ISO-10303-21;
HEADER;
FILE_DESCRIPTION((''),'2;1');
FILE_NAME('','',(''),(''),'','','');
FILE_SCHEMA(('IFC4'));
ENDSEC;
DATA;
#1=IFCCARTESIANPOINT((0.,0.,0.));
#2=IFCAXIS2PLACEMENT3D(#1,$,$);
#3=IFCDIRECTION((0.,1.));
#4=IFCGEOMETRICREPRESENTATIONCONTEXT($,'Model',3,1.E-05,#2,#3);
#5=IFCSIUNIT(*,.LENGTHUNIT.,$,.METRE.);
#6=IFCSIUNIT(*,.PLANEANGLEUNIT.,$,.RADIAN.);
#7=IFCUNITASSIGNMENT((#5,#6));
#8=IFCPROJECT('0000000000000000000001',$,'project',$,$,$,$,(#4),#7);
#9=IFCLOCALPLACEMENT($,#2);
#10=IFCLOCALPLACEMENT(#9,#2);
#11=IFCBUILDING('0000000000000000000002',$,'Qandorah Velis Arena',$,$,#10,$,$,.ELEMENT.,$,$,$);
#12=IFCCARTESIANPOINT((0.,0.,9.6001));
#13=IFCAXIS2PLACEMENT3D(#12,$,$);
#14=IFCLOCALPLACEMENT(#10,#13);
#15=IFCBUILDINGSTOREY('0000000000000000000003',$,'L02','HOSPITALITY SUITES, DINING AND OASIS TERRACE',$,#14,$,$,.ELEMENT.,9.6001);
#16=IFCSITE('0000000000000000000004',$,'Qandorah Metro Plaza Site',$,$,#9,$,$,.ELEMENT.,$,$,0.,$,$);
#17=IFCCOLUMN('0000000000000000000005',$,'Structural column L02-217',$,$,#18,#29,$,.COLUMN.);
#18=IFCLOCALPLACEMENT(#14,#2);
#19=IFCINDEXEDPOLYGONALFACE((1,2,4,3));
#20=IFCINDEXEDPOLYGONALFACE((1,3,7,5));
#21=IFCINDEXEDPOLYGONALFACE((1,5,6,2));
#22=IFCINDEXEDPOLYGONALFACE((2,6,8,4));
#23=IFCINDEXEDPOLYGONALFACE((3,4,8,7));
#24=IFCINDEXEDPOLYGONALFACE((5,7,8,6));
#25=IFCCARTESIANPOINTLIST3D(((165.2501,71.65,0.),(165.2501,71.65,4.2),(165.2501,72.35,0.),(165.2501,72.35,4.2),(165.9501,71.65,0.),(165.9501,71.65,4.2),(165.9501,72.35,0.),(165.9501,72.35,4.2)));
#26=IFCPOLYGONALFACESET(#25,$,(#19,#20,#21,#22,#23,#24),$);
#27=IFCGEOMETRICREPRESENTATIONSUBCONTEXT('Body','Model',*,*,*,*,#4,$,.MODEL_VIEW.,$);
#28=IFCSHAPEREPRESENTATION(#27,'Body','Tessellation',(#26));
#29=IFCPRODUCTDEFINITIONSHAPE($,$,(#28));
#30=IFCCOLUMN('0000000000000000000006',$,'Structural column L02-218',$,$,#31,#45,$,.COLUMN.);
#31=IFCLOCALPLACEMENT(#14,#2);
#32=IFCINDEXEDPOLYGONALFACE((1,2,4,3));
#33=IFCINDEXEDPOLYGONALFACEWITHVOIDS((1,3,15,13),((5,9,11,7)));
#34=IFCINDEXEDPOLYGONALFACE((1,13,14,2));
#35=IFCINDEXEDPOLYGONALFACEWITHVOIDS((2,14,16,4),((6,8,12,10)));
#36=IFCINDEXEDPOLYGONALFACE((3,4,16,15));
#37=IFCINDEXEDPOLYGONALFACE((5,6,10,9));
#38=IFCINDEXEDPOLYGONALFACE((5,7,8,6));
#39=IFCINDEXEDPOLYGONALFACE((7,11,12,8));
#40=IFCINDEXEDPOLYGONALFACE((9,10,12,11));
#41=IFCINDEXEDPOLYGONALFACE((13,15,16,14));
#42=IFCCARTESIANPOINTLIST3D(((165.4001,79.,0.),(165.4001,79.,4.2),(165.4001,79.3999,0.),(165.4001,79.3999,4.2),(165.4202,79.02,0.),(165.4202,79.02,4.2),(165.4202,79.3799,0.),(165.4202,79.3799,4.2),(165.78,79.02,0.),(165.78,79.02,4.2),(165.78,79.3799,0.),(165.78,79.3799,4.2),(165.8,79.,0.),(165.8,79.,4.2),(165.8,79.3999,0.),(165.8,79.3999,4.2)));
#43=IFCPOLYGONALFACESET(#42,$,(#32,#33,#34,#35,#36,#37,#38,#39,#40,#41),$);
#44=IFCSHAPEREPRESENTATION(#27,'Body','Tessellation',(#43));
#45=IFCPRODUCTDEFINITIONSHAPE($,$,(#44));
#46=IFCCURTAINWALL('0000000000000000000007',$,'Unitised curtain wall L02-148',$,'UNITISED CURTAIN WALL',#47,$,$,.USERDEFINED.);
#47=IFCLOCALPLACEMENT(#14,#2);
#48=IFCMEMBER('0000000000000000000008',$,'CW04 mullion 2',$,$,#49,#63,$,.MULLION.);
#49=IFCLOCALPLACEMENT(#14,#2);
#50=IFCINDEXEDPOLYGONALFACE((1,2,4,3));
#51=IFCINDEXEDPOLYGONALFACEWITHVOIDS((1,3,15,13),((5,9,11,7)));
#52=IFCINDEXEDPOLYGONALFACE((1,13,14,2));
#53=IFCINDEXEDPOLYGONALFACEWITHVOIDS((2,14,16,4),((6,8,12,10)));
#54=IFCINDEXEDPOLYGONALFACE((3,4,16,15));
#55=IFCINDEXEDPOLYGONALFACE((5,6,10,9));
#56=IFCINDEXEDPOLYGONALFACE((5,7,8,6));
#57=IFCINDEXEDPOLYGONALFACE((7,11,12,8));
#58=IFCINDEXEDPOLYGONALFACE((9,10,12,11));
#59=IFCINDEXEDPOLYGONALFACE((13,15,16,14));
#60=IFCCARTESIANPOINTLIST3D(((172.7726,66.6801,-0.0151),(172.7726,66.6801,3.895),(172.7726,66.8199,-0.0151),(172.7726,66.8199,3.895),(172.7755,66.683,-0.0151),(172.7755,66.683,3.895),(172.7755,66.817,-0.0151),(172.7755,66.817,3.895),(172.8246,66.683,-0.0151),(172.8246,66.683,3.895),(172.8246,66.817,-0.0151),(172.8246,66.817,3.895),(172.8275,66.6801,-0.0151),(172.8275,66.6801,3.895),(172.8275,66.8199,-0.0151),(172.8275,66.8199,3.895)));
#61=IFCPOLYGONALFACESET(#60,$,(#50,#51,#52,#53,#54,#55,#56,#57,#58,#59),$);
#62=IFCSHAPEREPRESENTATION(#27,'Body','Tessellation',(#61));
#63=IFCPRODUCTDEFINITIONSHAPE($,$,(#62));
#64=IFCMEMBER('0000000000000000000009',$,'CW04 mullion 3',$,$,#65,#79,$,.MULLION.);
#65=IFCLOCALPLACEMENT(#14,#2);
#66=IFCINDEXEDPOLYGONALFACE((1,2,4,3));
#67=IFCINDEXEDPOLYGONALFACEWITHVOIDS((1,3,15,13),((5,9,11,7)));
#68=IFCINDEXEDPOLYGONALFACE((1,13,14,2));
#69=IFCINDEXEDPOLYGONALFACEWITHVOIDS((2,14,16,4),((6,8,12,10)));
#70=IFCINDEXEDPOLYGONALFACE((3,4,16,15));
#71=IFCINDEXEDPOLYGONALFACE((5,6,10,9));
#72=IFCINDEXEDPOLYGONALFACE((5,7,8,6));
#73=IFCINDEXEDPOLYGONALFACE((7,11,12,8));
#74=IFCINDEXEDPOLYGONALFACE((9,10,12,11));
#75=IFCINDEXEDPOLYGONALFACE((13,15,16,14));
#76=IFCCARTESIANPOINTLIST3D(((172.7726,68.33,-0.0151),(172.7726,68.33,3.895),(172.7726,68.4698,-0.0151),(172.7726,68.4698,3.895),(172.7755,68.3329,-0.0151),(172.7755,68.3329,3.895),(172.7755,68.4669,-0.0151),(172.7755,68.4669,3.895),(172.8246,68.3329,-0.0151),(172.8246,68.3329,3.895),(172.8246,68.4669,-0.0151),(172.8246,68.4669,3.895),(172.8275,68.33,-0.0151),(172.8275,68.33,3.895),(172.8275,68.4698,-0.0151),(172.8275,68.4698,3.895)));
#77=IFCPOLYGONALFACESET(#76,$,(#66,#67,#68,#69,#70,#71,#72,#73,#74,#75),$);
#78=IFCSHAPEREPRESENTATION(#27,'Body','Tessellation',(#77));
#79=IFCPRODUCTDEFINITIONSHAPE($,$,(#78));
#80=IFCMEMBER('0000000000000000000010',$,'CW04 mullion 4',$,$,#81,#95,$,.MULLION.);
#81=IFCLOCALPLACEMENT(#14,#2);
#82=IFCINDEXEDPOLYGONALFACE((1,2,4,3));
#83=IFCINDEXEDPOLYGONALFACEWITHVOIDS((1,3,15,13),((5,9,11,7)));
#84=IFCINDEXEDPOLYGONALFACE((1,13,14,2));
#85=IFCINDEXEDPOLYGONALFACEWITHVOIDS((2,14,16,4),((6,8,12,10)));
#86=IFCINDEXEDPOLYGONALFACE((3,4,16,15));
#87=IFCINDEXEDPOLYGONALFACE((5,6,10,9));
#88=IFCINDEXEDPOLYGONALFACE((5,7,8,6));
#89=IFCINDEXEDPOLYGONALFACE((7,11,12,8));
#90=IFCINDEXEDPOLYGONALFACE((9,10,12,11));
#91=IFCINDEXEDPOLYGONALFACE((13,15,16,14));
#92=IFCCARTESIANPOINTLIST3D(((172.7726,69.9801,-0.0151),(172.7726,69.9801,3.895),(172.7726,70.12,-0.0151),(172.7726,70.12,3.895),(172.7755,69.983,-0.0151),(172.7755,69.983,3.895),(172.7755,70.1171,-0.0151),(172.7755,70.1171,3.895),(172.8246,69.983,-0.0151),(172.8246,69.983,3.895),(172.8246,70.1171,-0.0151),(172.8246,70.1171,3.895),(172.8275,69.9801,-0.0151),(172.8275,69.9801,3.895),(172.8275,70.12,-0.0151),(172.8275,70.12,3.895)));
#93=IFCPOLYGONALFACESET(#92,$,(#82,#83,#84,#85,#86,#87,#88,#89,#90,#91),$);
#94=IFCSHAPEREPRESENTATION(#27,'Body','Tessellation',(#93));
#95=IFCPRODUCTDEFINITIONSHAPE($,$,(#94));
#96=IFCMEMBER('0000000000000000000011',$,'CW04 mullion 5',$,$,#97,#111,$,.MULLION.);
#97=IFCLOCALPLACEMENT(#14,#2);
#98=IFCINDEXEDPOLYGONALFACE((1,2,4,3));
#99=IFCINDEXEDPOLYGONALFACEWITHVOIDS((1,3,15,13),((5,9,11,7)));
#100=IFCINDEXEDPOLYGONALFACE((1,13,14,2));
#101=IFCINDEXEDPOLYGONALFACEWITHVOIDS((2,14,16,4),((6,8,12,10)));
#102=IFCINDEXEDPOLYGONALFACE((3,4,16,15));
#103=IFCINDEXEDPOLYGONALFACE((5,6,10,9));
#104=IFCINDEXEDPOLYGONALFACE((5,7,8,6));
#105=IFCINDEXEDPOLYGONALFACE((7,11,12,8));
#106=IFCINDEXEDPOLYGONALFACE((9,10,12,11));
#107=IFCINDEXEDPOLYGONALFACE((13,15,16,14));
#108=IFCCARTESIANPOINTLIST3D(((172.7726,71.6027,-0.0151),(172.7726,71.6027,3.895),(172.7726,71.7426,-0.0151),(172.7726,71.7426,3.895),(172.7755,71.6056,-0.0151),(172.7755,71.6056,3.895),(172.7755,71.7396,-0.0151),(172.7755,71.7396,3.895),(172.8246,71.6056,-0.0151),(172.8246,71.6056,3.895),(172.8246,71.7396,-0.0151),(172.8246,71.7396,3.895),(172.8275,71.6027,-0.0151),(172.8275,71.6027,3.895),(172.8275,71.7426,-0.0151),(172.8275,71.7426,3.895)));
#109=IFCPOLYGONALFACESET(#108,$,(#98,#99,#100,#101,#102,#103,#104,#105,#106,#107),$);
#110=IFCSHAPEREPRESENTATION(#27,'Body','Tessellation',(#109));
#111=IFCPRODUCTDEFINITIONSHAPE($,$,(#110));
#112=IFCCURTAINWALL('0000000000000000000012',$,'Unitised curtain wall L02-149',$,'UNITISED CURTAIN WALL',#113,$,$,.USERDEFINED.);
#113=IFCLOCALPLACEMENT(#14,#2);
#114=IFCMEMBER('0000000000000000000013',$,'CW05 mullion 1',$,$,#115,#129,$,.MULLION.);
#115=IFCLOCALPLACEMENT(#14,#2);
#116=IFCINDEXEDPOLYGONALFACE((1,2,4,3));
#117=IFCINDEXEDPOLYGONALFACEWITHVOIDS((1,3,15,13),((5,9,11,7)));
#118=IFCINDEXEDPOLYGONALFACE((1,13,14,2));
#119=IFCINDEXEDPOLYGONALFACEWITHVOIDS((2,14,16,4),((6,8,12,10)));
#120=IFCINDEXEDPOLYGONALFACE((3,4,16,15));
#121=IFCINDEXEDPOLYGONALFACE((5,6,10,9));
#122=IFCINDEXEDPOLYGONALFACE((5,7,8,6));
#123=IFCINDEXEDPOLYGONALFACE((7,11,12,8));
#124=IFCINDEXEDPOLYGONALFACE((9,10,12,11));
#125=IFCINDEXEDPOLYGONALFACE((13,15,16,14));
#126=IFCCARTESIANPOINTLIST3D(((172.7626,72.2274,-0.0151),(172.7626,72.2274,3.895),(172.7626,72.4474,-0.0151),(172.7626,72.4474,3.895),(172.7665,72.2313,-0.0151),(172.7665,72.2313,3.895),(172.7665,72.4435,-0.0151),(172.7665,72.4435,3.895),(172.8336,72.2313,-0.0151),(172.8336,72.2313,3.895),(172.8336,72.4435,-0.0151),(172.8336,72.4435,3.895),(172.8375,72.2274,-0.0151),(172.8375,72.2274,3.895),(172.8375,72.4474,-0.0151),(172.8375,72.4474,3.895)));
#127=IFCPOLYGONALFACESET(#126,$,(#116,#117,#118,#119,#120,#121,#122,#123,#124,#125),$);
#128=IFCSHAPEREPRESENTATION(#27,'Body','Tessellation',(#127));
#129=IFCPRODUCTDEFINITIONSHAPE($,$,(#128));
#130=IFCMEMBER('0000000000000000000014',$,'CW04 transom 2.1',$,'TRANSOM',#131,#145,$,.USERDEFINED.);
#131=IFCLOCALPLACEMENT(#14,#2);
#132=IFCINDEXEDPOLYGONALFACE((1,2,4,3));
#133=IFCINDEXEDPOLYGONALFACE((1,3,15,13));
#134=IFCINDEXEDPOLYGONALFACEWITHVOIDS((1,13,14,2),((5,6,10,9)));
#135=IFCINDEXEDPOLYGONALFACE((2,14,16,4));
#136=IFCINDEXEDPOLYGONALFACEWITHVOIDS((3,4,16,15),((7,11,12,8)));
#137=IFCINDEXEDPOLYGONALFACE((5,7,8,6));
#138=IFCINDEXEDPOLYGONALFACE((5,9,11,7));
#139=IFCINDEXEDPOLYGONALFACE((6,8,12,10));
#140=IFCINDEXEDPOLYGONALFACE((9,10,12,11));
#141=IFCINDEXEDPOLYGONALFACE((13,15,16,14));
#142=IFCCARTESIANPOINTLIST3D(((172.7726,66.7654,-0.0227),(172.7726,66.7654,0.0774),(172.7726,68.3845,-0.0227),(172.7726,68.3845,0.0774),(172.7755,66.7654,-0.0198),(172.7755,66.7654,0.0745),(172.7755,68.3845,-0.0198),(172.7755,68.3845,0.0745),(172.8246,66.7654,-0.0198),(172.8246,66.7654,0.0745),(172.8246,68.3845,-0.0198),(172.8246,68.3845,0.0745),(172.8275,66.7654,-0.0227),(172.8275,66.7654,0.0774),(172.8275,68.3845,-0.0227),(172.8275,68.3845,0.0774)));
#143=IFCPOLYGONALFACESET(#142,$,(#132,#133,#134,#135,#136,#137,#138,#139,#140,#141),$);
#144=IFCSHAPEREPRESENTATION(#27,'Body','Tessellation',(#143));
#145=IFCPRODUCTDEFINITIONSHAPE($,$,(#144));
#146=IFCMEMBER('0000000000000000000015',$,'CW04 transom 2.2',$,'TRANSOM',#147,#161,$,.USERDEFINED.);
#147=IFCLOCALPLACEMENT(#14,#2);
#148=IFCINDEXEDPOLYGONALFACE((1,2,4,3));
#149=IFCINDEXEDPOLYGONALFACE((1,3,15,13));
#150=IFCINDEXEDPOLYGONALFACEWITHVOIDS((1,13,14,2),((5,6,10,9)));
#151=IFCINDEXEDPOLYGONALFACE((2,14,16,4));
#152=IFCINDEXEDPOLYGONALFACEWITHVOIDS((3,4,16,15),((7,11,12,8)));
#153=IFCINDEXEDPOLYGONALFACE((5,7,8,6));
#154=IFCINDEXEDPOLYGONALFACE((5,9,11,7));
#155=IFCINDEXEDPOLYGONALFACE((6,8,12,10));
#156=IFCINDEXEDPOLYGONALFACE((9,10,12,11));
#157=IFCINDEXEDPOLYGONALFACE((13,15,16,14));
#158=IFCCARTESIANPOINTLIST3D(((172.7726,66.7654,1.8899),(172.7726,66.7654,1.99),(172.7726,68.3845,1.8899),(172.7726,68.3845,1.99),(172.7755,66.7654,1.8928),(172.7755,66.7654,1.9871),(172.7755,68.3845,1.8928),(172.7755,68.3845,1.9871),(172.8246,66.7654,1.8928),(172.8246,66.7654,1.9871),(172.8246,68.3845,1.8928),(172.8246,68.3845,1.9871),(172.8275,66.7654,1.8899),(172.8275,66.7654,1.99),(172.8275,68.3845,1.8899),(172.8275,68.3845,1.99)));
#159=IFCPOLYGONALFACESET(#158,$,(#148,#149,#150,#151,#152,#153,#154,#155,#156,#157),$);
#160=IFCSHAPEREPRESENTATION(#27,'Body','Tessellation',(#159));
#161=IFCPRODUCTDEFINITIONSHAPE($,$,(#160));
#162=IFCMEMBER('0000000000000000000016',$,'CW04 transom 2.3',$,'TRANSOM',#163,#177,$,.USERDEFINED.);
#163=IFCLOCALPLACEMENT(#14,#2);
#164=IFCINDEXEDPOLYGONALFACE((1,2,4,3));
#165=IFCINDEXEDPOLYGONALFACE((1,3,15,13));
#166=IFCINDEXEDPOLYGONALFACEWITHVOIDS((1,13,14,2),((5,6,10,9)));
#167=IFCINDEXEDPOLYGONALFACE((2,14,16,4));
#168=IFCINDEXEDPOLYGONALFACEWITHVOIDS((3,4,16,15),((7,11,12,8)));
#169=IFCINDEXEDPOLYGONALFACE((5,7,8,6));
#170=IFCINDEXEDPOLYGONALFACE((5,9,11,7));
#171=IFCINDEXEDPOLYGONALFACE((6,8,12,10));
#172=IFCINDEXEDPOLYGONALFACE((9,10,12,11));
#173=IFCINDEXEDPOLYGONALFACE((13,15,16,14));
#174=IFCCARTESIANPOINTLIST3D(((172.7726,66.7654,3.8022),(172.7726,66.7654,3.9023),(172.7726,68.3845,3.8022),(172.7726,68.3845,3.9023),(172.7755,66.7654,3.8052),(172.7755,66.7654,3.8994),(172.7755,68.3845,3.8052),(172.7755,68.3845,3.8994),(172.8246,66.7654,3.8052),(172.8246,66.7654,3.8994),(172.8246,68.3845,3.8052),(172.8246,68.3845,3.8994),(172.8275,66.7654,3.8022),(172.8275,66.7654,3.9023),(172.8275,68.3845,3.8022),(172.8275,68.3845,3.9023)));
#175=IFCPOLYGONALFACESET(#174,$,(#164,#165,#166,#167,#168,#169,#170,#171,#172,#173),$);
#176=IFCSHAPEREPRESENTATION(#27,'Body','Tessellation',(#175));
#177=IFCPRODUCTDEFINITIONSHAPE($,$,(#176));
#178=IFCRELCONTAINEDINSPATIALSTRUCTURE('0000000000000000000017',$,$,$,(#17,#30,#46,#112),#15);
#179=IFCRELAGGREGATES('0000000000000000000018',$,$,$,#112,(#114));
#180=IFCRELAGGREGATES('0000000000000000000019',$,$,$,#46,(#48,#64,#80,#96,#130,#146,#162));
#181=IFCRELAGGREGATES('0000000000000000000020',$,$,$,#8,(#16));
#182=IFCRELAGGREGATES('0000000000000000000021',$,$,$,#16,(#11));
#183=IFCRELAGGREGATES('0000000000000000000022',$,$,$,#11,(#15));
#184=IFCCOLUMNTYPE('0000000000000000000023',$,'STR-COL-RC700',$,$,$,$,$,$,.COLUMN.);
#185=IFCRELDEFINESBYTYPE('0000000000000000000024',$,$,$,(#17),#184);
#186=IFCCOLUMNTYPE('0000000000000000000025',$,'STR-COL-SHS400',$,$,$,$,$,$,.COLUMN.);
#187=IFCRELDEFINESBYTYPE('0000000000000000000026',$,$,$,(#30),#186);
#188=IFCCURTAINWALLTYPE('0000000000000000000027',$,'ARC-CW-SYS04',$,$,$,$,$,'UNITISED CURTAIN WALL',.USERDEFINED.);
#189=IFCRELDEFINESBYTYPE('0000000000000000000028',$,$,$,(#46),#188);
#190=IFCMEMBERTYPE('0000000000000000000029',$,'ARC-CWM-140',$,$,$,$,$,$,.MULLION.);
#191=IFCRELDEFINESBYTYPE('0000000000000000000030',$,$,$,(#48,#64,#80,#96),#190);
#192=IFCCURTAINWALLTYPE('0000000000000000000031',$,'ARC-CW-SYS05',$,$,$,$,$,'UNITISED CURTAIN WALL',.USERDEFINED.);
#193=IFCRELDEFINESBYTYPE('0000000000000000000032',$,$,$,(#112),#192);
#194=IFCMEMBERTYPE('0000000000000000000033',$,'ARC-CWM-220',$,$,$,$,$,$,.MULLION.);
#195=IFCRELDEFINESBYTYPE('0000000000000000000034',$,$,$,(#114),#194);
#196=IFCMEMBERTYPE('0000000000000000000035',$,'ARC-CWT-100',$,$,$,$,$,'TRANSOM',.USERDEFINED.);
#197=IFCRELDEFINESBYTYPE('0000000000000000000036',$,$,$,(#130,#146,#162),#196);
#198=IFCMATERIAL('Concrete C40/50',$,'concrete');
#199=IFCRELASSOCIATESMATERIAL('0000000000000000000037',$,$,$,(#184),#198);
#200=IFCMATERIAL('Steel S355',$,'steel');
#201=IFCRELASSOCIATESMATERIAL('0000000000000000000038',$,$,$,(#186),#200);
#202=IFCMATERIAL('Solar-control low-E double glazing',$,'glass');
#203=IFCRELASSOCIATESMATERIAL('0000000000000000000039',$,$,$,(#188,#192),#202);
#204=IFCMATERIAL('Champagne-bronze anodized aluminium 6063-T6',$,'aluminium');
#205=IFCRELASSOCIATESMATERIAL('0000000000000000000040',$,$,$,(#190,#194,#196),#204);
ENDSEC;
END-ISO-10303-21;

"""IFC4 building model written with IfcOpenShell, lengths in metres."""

from ifc_helpers import new_model, si_unit, direction, frame, origin, origin_2d, place, context, subcontext, project, spatial, rectangle, hollow_rectangle, extrude, material, material_profile, profile_set, type_object, element, aggregate, save


model = new_model("IFC4")

# Units and contexts
model_context = context("Model", 3, precision=1e-05, world=origin(), true_north=direction((0.0, 1.0)))
body_context = subcontext(model_context, "Body", "Model", "MODEL_VIEW")
ifc_project = project(units=[si_unit("LENGTHUNIT", "METRE"), si_unit("PLANEANGLEUNIT", "RADIAN")], contexts=[model_context])

# Site, building, storey
site_placement = place(None, origin())
site = spatial("IfcSite", under=ifc_project, at=site_placement, Name="Qandorah Metro Plaza Site", CompositionType="ELEMENT", RefElevation=0.0)
building_placement = place(site_placement, origin())
building = spatial("IfcBuilding", under=site, at=building_placement, Name="Qandorah Velis Arena", CompositionType="ELEMENT")
storey_placement = place(building_placement, frame((0.0, 0.0, 9.6001)))
storey = spatial("IfcBuildingStorey", under=building, at=storey_placement, Name="L02", Description="HOSPITALITY SUITES, DINING AND OASIS TERRACE", CompositionType="ELEMENT", Elevation=9.6001)

# Columns
ifc_material_1 = material(Name="Concrete C40/50", Category="concrete")
ifc_material_profile_1 = material_profile(ifc_material_1, rectangle(XDim=0.7, YDim=0.7, at=origin_2d()), Name="RC COL 700x700")
ifc_profile_set_1 = profile_set([ifc_material_profile_1], Name="Concrete C40/50")
column_type_1 = type_object("IfcColumnType", Name="STR-COL-RC700", PredefinedType="COLUMN", material=ifc_profile_set_1)
column_1_placement = place(storey_placement, frame((165.6001, 72.0, 0.0), z_axis=(0.0, 0.0, 1.0), x_axis=(1.0, 0.0, 0.0)))
element("IfcColumn", 1, at=column_1_placement, inside=storey, type_object=column_type_1, Name="Structural column L02-217", PredefinedType="COLUMN", context=body_context, shape_type="SweptSolid", body=[
    extrude(rectangle(XDim=0.7, YDim=0.7, at=origin_2d()), origin(), (0.0, 0.0, 1.0), 4.2),
])
ifc_material_2 = material(Name="Steel S355", Category="steel")
ifc_material_profile_2 = material_profile(ifc_material_2, hollow_rectangle(XDim=0.3999, YDim=0.3999, WallThickness=0.02, at=origin_2d()), Name="SHS 400x400x20")
ifc_profile_set_2 = profile_set([ifc_material_profile_2], Name="Steel S355")
column_type_2 = type_object("IfcColumnType", Name="STR-COL-SHS400", PredefinedType="COLUMN", material=ifc_profile_set_2)
column_2_placement = place(storey_placement, frame((165.6001, 79.2, 0.0), z_axis=(0.0, 0.0, 1.0), x_axis=(1.0, 0.0, 0.0)))
element("IfcColumn", 2, at=column_2_placement, inside=storey, type_object=column_type_2, Name="Structural column L02-218", PredefinedType="COLUMN", context=body_context, shape_type="SweptSolid", body=[
    extrude(hollow_rectangle(XDim=0.3999, YDim=0.3999, WallThickness=0.02, at=origin_2d()), origin(), (0.0, 0.0, 1.0), 4.2),
])

# Curtain wall, members
ifc_material_3 = material(Name="Solar-control low-E double glazing", Category="glass")
curtain_wall_type_1 = type_object("IfcCurtainWallType", Name="ARC-CW-SYS04", ElementType="UNITISED CURTAIN WALL", PredefinedType="USERDEFINED", material=ifc_material_3)
curtain_wall_1_placement = place(storey_placement, origin())
curtain_wall_1 = element("IfcCurtainWall", 3, at=curtain_wall_1_placement, inside=storey, type_object=curtain_wall_type_1, Name="Unitised curtain wall L02-148", ObjectType="UNITISED CURTAIN WALL", PredefinedType="USERDEFINED")
ifc_material_4 = material(Name="Champagne-bronze anodized aluminium 6063-T6", Category="aluminium")
ifc_material_profile_3 = material_profile(ifc_material_4, hollow_rectangle(XDim=0.0549, YDim=0.1399, WallThickness=0.0029, at=origin_2d()), Name="ALU MULLION 55x140")
ifc_profile_set_3 = profile_set([ifc_material_profile_3], Name="Champagne-bronze anodized aluminium 6063-T6")
member_type_1 = type_object("IfcMemberType", Name="ARC-CWM-140", PredefinedType="MULLION", material=ifc_profile_set_3)
member_1_placement = place(storey_placement, frame((172.8, 66.75, -0.0151), z_axis=(0.0, 0.0, 1.0), x_axis=(-1.0, 0.0, 0.0)))
member_1 = element("IfcMember", 4, at=member_1_placement, type_object=member_type_1, Name="CW04 mullion 2", PredefinedType="MULLION", context=body_context, shape_type="SweptSolid", body=[
    extrude(hollow_rectangle(XDim=0.0549, YDim=0.1399, WallThickness=0.0029, at=origin_2d()), origin(), (0.0, 0.0, 1.0), 3.9102),
])
member_2_placement = place(storey_placement, frame((172.8, 68.3999, -0.0151), z_axis=(0.0, 0.0, 1.0), x_axis=(-1.0, 0.0, 0.0)))
member_2 = element("IfcMember", 5, at=member_2_placement, type_object=member_type_1, Name="CW04 mullion 3", PredefinedType="MULLION", context=body_context, shape_type="SweptSolid", body=[
    extrude(hollow_rectangle(XDim=0.0549, YDim=0.1399, WallThickness=0.0029, at=origin_2d()), origin(), (0.0, 0.0, 1.0), 3.9102),
])
member_3_placement = place(storey_placement, frame((172.8, 70.05, -0.0151), z_axis=(0.0, 0.0, 1.0), x_axis=(-1.0, 0.0, 0.0)))
member_3 = element("IfcMember", 6, at=member_3_placement, type_object=member_type_1, Name="CW04 mullion 4", PredefinedType="MULLION", context=body_context, shape_type="SweptSolid", body=[
    extrude(hollow_rectangle(XDim=0.0549, YDim=0.1399, WallThickness=0.0029, at=origin_2d()), origin(), (0.0, 0.0, 1.0), 3.9102),
])
member_4_placement = place(storey_placement, frame((172.8, 71.6726, -0.0151), z_axis=(0.0, 0.0, 1.0), x_axis=(-1.0, 0.0, 0.0)))
member_4 = element("IfcMember", 7, at=member_4_placement, type_object=member_type_1, Name="CW04 mullion 5", PredefinedType="MULLION", context=body_context, shape_type="SweptSolid", body=[
    extrude(hollow_rectangle(XDim=0.0549, YDim=0.1399, WallThickness=0.0029, at=origin_2d()), origin(), (0.0, 0.0, 1.0), 3.9102),
])

# Curtain wall, member
curtain_wall_type_2 = type_object("IfcCurtainWallType", Name="ARC-CW-SYS05", ElementType="UNITISED CURTAIN WALL", PredefinedType="USERDEFINED", material=ifc_material_3)
curtain_wall_2_placement = place(storey_placement, origin())
curtain_wall_2 = element("IfcCurtainWall", 8, at=curtain_wall_2_placement, inside=storey, type_object=curtain_wall_type_2, Name="Unitised curtain wall L02-149", ObjectType="UNITISED CURTAIN WALL", PredefinedType="USERDEFINED")
ifc_material_profile_4 = material_profile(ifc_material_4, hollow_rectangle(XDim=0.075, YDim=0.22, WallThickness=0.0039, at=origin_2d()), Name="ALU MULLION 75x220")
ifc_profile_set_4 = profile_set([ifc_material_profile_4], Name="Champagne-bronze anodized aluminium 6063-T6")
member_type_2 = type_object("IfcMemberType", Name="ARC-CWM-220", PredefinedType="MULLION", material=ifc_profile_set_4)
member_5_placement = place(storey_placement, frame((172.8, 72.3374, -0.0151), z_axis=(0.0, 0.0, 1.0), x_axis=(-1.0, 0.0, 0.0)))
member_5 = element("IfcMember", 9, at=member_5_placement, type_object=member_type_2, Name="CW05 mullion 1", PredefinedType="MULLION", context=body_context, shape_type="SweptSolid", body=[
    extrude(hollow_rectangle(XDim=0.075, YDim=0.22, WallThickness=0.0039, at=origin_2d()), origin(), (0.0, 0.0, 1.0), 3.9102),
])

# Members
ifc_material_profile_5 = material_profile(ifc_material_4, hollow_rectangle(XDim=0.0549, YDim=0.1001, WallThickness=0.0029, at=origin_2d()), Name="ALU TRANSOM 55x100")
ifc_profile_set_5 = profile_set([ifc_material_profile_5], Name="Champagne-bronze anodized aluminium 6063-T6")
member_type_3 = type_object("IfcMemberType", Name="ARC-CWT-100", ElementType="TRANSOM", PredefinedType="USERDEFINED", material=ifc_profile_set_5)
member_6_placement = place(storey_placement, frame((172.8, 66.7654, 0.0273), z_axis=(0.0, 1.0, 0.0), x_axis=(-1.0, 0.0, 0.0)))
member_6 = element("IfcMember", 10, at=member_6_placement, type_object=member_type_3, Name="CW04 transom 2.1", ObjectType="TRANSOM", PredefinedType="USERDEFINED", context=body_context, shape_type="SweptSolid", body=[
    extrude(hollow_rectangle(XDim=0.0549, YDim=0.1001, WallThickness=0.0029, at=origin_2d()), origin(), (0.0, 0.0, 1.0), 1.6191),
])
member_7_placement = place(storey_placement, frame((172.8, 66.7654, 1.9399), z_axis=(0.0, 1.0, 0.0), x_axis=(-1.0, 0.0, 0.0)))
member_7 = element("IfcMember", 11, at=member_7_placement, type_object=member_type_3, Name="CW04 transom 2.2", ObjectType="TRANSOM", PredefinedType="USERDEFINED", context=body_context, shape_type="SweptSolid", body=[
    extrude(hollow_rectangle(XDim=0.0549, YDim=0.1001, WallThickness=0.0029, at=origin_2d()), origin(), (0.0, 0.0, 1.0), 1.6191),
])
member_8_placement = place(storey_placement, frame((172.8, 66.7654, 3.8523), z_axis=(0.0, 1.0, 0.0), x_axis=(-1.0, 0.0, 0.0)))
member_8 = element("IfcMember", 12, at=member_8_placement, type_object=member_type_3, Name="CW04 transom 2.3", ObjectType="TRANSOM", PredefinedType="USERDEFINED", context=body_context, shape_type="SweptSolid", body=[
    extrude(hollow_rectangle(XDim=0.0549, YDim=0.1001, WallThickness=0.0029, at=origin_2d()), origin(), (0.0, 0.0, 1.0), 1.6191),
])

aggregate(curtain_wall_2, [member_5])
aggregate(curtain_wall_1, [member_1, member_2, member_3, member_4, member_6, member_7, member_8])

save(model, "model.ifc")
